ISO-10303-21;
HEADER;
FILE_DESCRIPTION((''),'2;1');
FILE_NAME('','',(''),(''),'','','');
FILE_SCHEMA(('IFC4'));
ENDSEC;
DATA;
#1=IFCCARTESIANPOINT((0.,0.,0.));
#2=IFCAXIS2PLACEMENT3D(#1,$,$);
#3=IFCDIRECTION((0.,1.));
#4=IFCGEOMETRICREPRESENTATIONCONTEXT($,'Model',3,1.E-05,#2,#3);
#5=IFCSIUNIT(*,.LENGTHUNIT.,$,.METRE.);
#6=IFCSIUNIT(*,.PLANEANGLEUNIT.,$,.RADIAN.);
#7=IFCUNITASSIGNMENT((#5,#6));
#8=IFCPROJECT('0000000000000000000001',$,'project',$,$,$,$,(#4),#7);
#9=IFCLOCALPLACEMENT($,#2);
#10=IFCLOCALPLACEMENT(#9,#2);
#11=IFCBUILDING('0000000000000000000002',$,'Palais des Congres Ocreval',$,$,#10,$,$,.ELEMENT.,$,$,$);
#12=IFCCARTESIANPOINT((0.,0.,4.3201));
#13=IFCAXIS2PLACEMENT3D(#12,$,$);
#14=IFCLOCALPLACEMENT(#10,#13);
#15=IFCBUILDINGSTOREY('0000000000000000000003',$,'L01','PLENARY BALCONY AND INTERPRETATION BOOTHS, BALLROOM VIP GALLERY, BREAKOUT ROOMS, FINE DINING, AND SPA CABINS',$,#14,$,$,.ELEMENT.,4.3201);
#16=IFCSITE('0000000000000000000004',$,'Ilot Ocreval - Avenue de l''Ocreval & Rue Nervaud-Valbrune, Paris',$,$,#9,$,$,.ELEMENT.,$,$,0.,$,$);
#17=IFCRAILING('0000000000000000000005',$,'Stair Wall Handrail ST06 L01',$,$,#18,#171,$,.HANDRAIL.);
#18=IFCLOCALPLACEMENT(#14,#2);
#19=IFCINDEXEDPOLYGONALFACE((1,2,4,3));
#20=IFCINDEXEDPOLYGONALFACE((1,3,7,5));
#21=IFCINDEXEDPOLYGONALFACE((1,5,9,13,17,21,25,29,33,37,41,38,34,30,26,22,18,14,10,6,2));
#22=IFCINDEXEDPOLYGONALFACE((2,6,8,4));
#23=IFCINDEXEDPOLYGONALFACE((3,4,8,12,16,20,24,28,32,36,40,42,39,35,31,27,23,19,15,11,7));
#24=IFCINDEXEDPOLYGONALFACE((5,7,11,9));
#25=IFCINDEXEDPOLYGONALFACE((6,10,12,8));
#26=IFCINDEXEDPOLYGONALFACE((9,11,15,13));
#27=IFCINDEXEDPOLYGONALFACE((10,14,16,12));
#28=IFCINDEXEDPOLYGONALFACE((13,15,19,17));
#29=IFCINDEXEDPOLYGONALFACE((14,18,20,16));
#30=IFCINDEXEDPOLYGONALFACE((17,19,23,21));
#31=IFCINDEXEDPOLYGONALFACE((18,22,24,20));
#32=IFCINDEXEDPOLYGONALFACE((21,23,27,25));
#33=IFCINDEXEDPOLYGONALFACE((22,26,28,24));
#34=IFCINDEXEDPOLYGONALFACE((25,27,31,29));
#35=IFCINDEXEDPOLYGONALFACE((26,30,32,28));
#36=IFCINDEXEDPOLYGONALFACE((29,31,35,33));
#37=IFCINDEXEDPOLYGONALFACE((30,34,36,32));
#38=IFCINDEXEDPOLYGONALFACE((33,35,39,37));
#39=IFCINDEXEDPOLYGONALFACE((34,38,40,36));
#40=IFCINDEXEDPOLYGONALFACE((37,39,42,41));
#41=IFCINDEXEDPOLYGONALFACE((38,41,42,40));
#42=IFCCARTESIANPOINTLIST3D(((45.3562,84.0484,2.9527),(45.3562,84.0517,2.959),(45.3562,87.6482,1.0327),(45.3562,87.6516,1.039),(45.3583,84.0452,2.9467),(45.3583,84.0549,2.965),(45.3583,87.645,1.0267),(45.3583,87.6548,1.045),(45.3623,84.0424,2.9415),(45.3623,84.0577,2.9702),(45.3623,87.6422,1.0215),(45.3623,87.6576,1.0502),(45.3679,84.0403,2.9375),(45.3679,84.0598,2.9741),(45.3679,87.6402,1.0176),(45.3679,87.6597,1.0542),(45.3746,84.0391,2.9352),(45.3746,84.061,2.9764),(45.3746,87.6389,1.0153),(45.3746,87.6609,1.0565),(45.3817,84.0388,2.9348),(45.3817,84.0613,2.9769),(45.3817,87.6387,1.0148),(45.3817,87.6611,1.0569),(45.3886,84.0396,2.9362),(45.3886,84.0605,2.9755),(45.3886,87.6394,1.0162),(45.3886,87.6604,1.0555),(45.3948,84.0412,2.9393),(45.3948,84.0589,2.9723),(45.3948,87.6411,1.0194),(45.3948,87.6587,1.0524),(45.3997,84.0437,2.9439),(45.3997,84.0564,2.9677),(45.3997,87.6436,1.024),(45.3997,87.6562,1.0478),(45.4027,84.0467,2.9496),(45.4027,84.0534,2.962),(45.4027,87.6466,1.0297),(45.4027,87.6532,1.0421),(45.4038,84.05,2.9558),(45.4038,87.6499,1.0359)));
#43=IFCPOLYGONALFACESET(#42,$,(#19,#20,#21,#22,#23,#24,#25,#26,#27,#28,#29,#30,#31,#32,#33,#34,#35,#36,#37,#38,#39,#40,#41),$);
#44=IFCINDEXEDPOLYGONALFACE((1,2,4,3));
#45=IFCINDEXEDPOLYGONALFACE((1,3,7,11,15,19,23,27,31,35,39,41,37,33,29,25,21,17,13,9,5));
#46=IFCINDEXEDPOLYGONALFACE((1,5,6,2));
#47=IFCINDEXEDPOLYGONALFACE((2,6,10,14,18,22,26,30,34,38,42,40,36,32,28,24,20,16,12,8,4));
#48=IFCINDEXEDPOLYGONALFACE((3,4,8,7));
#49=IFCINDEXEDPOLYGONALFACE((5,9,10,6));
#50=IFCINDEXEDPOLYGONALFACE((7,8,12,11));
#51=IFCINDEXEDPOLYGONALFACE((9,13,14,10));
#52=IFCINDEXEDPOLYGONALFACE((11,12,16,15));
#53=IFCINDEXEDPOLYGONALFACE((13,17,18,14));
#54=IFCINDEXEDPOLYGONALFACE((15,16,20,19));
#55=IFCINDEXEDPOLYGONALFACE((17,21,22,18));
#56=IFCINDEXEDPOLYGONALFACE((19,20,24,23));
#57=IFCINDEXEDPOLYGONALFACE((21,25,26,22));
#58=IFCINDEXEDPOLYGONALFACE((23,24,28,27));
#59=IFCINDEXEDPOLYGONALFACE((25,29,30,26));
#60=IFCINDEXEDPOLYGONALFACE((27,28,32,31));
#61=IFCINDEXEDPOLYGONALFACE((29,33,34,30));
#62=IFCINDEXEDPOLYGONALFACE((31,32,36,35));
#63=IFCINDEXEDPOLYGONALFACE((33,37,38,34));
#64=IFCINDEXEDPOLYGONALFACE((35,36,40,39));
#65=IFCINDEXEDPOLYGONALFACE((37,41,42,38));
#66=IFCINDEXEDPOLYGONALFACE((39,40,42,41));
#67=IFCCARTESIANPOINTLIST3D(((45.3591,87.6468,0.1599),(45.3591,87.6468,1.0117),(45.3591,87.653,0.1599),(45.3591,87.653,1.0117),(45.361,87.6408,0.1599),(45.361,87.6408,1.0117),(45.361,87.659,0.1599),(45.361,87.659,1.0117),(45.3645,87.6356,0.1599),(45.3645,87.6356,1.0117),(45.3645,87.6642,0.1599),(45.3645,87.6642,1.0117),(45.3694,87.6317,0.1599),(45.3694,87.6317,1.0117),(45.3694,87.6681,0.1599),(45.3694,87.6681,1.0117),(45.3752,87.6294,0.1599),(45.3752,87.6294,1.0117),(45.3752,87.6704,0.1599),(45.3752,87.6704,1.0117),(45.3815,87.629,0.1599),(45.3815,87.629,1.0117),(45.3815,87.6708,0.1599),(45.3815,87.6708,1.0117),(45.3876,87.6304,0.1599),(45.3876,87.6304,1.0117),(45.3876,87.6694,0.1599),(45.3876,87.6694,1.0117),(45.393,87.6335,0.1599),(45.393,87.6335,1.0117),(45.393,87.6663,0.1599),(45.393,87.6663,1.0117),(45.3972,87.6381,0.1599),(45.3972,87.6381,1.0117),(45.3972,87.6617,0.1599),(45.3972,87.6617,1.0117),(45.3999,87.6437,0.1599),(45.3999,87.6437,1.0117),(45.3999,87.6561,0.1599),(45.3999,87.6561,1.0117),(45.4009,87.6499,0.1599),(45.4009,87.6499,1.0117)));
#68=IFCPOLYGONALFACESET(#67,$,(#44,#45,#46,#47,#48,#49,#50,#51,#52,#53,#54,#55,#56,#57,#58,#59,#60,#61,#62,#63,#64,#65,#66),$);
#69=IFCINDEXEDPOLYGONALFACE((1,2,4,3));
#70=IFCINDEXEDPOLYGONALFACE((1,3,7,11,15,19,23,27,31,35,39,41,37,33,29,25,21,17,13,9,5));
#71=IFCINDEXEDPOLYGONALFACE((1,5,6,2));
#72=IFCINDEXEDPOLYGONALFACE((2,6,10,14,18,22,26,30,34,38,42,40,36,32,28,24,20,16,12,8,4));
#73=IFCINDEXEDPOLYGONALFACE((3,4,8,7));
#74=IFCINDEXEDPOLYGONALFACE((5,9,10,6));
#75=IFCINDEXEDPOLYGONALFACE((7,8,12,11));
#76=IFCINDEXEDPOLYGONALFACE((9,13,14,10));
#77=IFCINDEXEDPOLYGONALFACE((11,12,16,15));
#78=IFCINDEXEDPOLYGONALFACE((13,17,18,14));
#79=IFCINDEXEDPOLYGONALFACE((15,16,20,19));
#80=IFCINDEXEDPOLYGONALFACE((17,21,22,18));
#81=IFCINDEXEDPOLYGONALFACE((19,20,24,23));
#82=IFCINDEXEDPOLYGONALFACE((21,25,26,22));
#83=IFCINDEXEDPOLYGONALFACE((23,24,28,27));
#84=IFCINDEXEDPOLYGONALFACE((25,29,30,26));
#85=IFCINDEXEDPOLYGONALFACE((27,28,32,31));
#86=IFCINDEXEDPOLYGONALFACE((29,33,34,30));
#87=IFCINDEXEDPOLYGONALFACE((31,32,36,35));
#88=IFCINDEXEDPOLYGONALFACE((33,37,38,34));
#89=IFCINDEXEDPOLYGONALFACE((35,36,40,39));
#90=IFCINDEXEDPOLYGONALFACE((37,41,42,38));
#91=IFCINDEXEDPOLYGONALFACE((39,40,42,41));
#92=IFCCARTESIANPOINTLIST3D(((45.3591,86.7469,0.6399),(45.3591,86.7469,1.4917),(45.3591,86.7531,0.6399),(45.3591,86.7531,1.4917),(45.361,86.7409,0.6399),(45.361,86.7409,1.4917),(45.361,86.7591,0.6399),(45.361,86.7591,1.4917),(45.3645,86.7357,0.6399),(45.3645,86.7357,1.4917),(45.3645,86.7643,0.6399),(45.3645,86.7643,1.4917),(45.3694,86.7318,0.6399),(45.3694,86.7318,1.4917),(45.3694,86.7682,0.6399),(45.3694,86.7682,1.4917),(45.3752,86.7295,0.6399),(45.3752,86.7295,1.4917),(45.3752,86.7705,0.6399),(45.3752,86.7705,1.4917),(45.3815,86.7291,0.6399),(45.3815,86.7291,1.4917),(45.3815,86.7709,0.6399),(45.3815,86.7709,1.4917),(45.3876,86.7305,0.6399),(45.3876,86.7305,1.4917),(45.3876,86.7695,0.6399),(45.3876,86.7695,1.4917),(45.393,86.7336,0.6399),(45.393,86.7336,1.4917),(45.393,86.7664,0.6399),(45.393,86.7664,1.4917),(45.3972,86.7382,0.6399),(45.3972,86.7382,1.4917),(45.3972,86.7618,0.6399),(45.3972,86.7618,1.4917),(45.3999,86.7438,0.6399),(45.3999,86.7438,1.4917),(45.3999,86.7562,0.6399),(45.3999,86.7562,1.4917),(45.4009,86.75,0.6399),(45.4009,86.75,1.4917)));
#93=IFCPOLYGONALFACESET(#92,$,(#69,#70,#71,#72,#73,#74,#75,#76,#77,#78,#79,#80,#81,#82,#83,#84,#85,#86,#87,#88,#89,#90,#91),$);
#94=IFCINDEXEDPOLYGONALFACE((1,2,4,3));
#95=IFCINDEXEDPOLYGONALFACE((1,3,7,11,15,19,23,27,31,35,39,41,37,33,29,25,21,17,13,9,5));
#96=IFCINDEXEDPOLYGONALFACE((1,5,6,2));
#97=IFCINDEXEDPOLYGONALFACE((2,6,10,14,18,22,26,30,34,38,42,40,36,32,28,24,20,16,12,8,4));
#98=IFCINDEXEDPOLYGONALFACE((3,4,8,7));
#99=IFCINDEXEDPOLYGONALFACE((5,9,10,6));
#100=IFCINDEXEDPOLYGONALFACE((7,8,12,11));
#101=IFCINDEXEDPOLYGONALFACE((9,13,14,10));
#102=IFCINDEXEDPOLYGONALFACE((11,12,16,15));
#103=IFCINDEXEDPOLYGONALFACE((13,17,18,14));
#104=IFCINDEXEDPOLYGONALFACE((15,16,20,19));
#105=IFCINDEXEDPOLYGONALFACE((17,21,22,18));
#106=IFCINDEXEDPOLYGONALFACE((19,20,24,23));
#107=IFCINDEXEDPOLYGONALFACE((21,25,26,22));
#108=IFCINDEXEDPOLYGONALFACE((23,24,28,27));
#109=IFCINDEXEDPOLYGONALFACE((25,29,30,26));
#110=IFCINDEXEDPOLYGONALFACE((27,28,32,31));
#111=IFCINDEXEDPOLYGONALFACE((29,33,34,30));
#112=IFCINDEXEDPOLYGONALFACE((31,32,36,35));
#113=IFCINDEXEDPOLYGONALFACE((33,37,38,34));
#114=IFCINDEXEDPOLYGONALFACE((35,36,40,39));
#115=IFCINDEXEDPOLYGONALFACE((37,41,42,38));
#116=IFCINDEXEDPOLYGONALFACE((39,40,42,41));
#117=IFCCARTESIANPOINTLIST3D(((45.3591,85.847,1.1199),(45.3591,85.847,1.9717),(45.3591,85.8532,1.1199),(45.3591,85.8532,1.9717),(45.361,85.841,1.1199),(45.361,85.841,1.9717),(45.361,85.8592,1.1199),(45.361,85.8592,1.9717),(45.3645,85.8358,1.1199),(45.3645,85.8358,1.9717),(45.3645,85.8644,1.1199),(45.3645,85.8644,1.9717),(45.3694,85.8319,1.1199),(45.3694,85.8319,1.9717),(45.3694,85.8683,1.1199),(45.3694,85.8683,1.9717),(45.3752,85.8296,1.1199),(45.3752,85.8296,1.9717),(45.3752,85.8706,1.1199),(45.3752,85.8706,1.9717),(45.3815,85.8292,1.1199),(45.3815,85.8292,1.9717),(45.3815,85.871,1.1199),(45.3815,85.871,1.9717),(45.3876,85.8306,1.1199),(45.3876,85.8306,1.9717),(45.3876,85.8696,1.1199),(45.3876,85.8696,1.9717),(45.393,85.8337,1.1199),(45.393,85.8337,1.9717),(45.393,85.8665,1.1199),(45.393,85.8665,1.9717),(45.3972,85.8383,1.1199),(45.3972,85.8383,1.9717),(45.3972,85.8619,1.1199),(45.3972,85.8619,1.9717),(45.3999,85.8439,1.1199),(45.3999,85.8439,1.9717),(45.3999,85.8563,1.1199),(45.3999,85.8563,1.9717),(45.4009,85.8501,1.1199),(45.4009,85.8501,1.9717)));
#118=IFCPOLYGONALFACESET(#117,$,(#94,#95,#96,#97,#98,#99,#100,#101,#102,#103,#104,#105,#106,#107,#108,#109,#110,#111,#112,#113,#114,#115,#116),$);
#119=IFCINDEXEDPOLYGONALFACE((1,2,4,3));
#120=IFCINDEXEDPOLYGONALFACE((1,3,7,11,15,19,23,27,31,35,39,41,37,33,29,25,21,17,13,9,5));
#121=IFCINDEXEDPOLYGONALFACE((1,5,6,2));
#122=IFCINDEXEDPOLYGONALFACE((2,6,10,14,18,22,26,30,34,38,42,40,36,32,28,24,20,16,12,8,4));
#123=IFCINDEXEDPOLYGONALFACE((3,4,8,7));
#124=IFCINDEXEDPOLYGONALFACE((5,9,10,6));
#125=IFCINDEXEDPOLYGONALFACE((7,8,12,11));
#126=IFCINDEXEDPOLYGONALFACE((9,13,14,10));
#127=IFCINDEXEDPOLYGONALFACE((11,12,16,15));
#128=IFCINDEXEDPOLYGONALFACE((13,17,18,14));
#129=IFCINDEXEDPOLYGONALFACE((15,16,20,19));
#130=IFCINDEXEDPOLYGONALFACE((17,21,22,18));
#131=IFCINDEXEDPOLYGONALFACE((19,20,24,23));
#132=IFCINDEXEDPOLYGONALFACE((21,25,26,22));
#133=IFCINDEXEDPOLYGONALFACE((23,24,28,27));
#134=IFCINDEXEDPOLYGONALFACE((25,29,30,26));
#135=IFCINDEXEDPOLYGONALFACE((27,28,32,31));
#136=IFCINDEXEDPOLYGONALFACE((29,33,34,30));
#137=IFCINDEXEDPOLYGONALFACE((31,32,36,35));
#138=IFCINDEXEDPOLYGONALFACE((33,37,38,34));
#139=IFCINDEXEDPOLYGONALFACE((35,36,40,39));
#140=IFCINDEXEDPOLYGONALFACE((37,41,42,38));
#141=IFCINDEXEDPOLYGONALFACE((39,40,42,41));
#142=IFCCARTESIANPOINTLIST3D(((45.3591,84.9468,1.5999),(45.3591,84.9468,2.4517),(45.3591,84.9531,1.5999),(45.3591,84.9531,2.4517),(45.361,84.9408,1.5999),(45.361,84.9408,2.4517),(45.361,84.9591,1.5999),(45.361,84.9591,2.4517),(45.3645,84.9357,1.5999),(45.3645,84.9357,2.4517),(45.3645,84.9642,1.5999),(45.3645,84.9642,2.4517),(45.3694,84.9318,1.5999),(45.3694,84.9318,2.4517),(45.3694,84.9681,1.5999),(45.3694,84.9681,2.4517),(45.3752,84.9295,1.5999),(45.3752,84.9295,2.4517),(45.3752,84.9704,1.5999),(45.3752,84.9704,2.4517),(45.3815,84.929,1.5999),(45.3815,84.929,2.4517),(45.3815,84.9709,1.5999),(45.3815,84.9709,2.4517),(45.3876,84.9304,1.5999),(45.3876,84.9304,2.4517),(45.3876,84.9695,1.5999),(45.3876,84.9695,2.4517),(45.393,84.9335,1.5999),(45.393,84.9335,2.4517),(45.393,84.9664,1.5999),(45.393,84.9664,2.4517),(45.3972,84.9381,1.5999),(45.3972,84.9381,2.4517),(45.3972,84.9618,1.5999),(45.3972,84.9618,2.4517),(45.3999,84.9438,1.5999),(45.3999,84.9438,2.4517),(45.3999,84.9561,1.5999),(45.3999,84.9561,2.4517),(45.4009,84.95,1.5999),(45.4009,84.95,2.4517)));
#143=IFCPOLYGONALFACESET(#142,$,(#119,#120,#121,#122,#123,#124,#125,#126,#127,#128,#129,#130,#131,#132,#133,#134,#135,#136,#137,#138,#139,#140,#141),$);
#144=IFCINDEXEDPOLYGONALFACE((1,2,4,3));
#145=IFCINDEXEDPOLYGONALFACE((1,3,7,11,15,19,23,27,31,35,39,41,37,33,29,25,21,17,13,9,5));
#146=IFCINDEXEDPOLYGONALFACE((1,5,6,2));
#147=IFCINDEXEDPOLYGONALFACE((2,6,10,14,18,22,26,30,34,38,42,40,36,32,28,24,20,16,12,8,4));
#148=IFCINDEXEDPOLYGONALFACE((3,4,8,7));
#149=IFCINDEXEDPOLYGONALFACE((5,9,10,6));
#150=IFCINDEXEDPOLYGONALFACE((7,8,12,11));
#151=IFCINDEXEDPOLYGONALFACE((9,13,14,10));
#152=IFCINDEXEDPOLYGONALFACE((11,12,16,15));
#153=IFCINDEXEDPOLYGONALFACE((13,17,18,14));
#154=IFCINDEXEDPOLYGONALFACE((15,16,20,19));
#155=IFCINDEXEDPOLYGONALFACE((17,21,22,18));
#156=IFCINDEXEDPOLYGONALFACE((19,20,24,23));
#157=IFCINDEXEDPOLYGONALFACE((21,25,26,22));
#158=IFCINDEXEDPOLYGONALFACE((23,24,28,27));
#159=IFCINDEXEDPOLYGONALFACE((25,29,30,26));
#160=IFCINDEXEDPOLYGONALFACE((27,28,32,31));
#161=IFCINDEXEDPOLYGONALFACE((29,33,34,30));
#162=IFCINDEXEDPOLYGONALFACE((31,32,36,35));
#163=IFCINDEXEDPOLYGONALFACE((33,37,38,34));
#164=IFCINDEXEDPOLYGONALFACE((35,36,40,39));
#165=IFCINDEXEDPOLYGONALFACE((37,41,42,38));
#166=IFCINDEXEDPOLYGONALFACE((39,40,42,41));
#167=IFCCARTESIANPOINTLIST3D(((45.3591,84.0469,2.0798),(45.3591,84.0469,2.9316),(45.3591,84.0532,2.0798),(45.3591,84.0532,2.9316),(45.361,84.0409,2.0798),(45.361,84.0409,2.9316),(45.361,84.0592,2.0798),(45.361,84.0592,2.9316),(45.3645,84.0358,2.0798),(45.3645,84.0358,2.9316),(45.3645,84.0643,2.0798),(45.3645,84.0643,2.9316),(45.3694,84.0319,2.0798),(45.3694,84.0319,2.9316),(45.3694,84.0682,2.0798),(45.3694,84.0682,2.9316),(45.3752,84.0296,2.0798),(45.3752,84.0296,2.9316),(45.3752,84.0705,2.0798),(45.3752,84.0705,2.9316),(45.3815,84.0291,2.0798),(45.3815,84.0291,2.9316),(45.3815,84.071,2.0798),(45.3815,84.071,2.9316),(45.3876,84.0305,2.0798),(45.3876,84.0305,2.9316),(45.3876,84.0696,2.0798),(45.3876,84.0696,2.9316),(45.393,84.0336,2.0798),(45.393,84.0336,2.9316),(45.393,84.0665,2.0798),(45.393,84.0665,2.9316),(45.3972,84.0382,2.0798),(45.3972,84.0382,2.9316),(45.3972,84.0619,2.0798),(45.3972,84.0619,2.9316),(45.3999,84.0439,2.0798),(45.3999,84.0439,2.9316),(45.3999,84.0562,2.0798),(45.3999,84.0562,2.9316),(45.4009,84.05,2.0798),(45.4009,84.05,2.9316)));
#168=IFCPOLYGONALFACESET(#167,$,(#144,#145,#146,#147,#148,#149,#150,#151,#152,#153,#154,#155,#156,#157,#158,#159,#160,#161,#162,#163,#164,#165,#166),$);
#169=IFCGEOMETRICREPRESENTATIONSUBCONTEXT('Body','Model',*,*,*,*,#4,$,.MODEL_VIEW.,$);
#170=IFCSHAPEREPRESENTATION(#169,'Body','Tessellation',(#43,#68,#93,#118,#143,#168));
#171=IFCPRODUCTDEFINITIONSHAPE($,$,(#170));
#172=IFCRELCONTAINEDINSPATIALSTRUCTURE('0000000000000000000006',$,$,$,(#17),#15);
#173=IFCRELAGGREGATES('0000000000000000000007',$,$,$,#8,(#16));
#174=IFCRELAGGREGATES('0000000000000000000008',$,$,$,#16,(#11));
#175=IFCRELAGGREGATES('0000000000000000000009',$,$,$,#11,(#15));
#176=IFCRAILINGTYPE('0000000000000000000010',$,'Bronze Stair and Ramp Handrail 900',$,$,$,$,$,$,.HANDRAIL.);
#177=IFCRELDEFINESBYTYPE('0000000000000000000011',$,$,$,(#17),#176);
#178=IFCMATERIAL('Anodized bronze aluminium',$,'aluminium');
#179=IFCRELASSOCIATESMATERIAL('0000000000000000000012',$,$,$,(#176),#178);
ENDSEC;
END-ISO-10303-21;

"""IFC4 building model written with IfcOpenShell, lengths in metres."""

from ifc_helpers import new_model, si_unit, direction, frame, origin, origin_2d, place, context, subcontext, project, spatial, circle, extrude, material, type_object, element, save


model = new_model("IFC4")

# Units and contexts
model_context = context("Model", 3, precision=1e-05, world=origin(), true_north=direction((0.0, 1.0)))
body_context = subcontext(model_context, "Body", "Model", "MODEL_VIEW")
ifc_project = project(units=[si_unit("LENGTHUNIT", "METRE"), si_unit("PLANEANGLEUNIT", "RADIAN")], contexts=[model_context])

# Site, building, storey
site_placement = place(None, origin())
site = spatial("IfcSite", under=ifc_project, at=site_placement, Name="Ilot Ocreval - Avenue de l'Ocreval & Rue Nervaud-Valbrune, Paris", CompositionType="ELEMENT", RefElevation=0.0)
building_placement = place(site_placement, origin())
building = spatial("IfcBuilding", under=site, at=building_placement, Name="Palais des Congres Ocreval", CompositionType="ELEMENT")
storey_placement = place(building_placement, frame((0.0, 0.0, 4.3201)))
storey = spatial("IfcBuildingStorey", under=building, at=storey_placement, Name="L01", Description="PLENARY BALCONY AND INTERPRETATION BOOTHS, BALLROOM VIP GALLERY, BREAKOUT ROOMS, FINE DINING, AND SPA CABINS", CompositionType="ELEMENT", Elevation=4.3201)

# Railing
ifc_material_1 = material(Name="Anodized bronze aluminium", Category="aluminium")
railing_type_1 = type_object("IfcRailingType", Name="Bronze Stair and Ramp Handrail 900", PredefinedType="HANDRAIL", material=ifc_material_1)
railing_1_placement = place(storey_placement, frame((45.3799, 87.6499, 0.1599)))
element("IfcRailing", 1, at=railing_1_placement, inside=storey, type_object=railing_type_1, Name="Stair Wall Handrail ST06 L01", PredefinedType="HANDRAIL", context=body_context, shape_type="SweptSolid", body=[
    extrude(circle(Radius=0.0239, at=origin_2d()), frame((0.0, 0.0, 0.876), z_axis=(0.0, -0.882353, 0.470588), x_axis=(1.0, 0.0, 0.0)), (0.0, 0.0, 1.0), 4.0798),
    extrude(circle(Radius=0.021, at=origin_2d()), origin(), (0.0, 0.0, 1.0), 0.8518),
    extrude(circle(Radius=0.021, at=origin_2d()), frame((0.0, -0.8999, 0.48)), (0.0, 0.0, 1.0), 0.8518),
    extrude(circle(Radius=0.021, at=origin_2d()), frame((0.0, -1.7998, 0.96)), (0.0, 0.0, 1.0), 0.8518),
    extrude(circle(Radius=0.021, at=origin_2d()), frame((0.0, -2.7, 1.4399)), (0.0, 0.0, 1.0), 0.8518),
    extrude(circle(Radius=0.021, at=origin_2d()), frame((0.0, -3.5999, 1.9199)), (0.0, 0.0, 1.0), 0.8518),
])

save(model, "model.ifc")
